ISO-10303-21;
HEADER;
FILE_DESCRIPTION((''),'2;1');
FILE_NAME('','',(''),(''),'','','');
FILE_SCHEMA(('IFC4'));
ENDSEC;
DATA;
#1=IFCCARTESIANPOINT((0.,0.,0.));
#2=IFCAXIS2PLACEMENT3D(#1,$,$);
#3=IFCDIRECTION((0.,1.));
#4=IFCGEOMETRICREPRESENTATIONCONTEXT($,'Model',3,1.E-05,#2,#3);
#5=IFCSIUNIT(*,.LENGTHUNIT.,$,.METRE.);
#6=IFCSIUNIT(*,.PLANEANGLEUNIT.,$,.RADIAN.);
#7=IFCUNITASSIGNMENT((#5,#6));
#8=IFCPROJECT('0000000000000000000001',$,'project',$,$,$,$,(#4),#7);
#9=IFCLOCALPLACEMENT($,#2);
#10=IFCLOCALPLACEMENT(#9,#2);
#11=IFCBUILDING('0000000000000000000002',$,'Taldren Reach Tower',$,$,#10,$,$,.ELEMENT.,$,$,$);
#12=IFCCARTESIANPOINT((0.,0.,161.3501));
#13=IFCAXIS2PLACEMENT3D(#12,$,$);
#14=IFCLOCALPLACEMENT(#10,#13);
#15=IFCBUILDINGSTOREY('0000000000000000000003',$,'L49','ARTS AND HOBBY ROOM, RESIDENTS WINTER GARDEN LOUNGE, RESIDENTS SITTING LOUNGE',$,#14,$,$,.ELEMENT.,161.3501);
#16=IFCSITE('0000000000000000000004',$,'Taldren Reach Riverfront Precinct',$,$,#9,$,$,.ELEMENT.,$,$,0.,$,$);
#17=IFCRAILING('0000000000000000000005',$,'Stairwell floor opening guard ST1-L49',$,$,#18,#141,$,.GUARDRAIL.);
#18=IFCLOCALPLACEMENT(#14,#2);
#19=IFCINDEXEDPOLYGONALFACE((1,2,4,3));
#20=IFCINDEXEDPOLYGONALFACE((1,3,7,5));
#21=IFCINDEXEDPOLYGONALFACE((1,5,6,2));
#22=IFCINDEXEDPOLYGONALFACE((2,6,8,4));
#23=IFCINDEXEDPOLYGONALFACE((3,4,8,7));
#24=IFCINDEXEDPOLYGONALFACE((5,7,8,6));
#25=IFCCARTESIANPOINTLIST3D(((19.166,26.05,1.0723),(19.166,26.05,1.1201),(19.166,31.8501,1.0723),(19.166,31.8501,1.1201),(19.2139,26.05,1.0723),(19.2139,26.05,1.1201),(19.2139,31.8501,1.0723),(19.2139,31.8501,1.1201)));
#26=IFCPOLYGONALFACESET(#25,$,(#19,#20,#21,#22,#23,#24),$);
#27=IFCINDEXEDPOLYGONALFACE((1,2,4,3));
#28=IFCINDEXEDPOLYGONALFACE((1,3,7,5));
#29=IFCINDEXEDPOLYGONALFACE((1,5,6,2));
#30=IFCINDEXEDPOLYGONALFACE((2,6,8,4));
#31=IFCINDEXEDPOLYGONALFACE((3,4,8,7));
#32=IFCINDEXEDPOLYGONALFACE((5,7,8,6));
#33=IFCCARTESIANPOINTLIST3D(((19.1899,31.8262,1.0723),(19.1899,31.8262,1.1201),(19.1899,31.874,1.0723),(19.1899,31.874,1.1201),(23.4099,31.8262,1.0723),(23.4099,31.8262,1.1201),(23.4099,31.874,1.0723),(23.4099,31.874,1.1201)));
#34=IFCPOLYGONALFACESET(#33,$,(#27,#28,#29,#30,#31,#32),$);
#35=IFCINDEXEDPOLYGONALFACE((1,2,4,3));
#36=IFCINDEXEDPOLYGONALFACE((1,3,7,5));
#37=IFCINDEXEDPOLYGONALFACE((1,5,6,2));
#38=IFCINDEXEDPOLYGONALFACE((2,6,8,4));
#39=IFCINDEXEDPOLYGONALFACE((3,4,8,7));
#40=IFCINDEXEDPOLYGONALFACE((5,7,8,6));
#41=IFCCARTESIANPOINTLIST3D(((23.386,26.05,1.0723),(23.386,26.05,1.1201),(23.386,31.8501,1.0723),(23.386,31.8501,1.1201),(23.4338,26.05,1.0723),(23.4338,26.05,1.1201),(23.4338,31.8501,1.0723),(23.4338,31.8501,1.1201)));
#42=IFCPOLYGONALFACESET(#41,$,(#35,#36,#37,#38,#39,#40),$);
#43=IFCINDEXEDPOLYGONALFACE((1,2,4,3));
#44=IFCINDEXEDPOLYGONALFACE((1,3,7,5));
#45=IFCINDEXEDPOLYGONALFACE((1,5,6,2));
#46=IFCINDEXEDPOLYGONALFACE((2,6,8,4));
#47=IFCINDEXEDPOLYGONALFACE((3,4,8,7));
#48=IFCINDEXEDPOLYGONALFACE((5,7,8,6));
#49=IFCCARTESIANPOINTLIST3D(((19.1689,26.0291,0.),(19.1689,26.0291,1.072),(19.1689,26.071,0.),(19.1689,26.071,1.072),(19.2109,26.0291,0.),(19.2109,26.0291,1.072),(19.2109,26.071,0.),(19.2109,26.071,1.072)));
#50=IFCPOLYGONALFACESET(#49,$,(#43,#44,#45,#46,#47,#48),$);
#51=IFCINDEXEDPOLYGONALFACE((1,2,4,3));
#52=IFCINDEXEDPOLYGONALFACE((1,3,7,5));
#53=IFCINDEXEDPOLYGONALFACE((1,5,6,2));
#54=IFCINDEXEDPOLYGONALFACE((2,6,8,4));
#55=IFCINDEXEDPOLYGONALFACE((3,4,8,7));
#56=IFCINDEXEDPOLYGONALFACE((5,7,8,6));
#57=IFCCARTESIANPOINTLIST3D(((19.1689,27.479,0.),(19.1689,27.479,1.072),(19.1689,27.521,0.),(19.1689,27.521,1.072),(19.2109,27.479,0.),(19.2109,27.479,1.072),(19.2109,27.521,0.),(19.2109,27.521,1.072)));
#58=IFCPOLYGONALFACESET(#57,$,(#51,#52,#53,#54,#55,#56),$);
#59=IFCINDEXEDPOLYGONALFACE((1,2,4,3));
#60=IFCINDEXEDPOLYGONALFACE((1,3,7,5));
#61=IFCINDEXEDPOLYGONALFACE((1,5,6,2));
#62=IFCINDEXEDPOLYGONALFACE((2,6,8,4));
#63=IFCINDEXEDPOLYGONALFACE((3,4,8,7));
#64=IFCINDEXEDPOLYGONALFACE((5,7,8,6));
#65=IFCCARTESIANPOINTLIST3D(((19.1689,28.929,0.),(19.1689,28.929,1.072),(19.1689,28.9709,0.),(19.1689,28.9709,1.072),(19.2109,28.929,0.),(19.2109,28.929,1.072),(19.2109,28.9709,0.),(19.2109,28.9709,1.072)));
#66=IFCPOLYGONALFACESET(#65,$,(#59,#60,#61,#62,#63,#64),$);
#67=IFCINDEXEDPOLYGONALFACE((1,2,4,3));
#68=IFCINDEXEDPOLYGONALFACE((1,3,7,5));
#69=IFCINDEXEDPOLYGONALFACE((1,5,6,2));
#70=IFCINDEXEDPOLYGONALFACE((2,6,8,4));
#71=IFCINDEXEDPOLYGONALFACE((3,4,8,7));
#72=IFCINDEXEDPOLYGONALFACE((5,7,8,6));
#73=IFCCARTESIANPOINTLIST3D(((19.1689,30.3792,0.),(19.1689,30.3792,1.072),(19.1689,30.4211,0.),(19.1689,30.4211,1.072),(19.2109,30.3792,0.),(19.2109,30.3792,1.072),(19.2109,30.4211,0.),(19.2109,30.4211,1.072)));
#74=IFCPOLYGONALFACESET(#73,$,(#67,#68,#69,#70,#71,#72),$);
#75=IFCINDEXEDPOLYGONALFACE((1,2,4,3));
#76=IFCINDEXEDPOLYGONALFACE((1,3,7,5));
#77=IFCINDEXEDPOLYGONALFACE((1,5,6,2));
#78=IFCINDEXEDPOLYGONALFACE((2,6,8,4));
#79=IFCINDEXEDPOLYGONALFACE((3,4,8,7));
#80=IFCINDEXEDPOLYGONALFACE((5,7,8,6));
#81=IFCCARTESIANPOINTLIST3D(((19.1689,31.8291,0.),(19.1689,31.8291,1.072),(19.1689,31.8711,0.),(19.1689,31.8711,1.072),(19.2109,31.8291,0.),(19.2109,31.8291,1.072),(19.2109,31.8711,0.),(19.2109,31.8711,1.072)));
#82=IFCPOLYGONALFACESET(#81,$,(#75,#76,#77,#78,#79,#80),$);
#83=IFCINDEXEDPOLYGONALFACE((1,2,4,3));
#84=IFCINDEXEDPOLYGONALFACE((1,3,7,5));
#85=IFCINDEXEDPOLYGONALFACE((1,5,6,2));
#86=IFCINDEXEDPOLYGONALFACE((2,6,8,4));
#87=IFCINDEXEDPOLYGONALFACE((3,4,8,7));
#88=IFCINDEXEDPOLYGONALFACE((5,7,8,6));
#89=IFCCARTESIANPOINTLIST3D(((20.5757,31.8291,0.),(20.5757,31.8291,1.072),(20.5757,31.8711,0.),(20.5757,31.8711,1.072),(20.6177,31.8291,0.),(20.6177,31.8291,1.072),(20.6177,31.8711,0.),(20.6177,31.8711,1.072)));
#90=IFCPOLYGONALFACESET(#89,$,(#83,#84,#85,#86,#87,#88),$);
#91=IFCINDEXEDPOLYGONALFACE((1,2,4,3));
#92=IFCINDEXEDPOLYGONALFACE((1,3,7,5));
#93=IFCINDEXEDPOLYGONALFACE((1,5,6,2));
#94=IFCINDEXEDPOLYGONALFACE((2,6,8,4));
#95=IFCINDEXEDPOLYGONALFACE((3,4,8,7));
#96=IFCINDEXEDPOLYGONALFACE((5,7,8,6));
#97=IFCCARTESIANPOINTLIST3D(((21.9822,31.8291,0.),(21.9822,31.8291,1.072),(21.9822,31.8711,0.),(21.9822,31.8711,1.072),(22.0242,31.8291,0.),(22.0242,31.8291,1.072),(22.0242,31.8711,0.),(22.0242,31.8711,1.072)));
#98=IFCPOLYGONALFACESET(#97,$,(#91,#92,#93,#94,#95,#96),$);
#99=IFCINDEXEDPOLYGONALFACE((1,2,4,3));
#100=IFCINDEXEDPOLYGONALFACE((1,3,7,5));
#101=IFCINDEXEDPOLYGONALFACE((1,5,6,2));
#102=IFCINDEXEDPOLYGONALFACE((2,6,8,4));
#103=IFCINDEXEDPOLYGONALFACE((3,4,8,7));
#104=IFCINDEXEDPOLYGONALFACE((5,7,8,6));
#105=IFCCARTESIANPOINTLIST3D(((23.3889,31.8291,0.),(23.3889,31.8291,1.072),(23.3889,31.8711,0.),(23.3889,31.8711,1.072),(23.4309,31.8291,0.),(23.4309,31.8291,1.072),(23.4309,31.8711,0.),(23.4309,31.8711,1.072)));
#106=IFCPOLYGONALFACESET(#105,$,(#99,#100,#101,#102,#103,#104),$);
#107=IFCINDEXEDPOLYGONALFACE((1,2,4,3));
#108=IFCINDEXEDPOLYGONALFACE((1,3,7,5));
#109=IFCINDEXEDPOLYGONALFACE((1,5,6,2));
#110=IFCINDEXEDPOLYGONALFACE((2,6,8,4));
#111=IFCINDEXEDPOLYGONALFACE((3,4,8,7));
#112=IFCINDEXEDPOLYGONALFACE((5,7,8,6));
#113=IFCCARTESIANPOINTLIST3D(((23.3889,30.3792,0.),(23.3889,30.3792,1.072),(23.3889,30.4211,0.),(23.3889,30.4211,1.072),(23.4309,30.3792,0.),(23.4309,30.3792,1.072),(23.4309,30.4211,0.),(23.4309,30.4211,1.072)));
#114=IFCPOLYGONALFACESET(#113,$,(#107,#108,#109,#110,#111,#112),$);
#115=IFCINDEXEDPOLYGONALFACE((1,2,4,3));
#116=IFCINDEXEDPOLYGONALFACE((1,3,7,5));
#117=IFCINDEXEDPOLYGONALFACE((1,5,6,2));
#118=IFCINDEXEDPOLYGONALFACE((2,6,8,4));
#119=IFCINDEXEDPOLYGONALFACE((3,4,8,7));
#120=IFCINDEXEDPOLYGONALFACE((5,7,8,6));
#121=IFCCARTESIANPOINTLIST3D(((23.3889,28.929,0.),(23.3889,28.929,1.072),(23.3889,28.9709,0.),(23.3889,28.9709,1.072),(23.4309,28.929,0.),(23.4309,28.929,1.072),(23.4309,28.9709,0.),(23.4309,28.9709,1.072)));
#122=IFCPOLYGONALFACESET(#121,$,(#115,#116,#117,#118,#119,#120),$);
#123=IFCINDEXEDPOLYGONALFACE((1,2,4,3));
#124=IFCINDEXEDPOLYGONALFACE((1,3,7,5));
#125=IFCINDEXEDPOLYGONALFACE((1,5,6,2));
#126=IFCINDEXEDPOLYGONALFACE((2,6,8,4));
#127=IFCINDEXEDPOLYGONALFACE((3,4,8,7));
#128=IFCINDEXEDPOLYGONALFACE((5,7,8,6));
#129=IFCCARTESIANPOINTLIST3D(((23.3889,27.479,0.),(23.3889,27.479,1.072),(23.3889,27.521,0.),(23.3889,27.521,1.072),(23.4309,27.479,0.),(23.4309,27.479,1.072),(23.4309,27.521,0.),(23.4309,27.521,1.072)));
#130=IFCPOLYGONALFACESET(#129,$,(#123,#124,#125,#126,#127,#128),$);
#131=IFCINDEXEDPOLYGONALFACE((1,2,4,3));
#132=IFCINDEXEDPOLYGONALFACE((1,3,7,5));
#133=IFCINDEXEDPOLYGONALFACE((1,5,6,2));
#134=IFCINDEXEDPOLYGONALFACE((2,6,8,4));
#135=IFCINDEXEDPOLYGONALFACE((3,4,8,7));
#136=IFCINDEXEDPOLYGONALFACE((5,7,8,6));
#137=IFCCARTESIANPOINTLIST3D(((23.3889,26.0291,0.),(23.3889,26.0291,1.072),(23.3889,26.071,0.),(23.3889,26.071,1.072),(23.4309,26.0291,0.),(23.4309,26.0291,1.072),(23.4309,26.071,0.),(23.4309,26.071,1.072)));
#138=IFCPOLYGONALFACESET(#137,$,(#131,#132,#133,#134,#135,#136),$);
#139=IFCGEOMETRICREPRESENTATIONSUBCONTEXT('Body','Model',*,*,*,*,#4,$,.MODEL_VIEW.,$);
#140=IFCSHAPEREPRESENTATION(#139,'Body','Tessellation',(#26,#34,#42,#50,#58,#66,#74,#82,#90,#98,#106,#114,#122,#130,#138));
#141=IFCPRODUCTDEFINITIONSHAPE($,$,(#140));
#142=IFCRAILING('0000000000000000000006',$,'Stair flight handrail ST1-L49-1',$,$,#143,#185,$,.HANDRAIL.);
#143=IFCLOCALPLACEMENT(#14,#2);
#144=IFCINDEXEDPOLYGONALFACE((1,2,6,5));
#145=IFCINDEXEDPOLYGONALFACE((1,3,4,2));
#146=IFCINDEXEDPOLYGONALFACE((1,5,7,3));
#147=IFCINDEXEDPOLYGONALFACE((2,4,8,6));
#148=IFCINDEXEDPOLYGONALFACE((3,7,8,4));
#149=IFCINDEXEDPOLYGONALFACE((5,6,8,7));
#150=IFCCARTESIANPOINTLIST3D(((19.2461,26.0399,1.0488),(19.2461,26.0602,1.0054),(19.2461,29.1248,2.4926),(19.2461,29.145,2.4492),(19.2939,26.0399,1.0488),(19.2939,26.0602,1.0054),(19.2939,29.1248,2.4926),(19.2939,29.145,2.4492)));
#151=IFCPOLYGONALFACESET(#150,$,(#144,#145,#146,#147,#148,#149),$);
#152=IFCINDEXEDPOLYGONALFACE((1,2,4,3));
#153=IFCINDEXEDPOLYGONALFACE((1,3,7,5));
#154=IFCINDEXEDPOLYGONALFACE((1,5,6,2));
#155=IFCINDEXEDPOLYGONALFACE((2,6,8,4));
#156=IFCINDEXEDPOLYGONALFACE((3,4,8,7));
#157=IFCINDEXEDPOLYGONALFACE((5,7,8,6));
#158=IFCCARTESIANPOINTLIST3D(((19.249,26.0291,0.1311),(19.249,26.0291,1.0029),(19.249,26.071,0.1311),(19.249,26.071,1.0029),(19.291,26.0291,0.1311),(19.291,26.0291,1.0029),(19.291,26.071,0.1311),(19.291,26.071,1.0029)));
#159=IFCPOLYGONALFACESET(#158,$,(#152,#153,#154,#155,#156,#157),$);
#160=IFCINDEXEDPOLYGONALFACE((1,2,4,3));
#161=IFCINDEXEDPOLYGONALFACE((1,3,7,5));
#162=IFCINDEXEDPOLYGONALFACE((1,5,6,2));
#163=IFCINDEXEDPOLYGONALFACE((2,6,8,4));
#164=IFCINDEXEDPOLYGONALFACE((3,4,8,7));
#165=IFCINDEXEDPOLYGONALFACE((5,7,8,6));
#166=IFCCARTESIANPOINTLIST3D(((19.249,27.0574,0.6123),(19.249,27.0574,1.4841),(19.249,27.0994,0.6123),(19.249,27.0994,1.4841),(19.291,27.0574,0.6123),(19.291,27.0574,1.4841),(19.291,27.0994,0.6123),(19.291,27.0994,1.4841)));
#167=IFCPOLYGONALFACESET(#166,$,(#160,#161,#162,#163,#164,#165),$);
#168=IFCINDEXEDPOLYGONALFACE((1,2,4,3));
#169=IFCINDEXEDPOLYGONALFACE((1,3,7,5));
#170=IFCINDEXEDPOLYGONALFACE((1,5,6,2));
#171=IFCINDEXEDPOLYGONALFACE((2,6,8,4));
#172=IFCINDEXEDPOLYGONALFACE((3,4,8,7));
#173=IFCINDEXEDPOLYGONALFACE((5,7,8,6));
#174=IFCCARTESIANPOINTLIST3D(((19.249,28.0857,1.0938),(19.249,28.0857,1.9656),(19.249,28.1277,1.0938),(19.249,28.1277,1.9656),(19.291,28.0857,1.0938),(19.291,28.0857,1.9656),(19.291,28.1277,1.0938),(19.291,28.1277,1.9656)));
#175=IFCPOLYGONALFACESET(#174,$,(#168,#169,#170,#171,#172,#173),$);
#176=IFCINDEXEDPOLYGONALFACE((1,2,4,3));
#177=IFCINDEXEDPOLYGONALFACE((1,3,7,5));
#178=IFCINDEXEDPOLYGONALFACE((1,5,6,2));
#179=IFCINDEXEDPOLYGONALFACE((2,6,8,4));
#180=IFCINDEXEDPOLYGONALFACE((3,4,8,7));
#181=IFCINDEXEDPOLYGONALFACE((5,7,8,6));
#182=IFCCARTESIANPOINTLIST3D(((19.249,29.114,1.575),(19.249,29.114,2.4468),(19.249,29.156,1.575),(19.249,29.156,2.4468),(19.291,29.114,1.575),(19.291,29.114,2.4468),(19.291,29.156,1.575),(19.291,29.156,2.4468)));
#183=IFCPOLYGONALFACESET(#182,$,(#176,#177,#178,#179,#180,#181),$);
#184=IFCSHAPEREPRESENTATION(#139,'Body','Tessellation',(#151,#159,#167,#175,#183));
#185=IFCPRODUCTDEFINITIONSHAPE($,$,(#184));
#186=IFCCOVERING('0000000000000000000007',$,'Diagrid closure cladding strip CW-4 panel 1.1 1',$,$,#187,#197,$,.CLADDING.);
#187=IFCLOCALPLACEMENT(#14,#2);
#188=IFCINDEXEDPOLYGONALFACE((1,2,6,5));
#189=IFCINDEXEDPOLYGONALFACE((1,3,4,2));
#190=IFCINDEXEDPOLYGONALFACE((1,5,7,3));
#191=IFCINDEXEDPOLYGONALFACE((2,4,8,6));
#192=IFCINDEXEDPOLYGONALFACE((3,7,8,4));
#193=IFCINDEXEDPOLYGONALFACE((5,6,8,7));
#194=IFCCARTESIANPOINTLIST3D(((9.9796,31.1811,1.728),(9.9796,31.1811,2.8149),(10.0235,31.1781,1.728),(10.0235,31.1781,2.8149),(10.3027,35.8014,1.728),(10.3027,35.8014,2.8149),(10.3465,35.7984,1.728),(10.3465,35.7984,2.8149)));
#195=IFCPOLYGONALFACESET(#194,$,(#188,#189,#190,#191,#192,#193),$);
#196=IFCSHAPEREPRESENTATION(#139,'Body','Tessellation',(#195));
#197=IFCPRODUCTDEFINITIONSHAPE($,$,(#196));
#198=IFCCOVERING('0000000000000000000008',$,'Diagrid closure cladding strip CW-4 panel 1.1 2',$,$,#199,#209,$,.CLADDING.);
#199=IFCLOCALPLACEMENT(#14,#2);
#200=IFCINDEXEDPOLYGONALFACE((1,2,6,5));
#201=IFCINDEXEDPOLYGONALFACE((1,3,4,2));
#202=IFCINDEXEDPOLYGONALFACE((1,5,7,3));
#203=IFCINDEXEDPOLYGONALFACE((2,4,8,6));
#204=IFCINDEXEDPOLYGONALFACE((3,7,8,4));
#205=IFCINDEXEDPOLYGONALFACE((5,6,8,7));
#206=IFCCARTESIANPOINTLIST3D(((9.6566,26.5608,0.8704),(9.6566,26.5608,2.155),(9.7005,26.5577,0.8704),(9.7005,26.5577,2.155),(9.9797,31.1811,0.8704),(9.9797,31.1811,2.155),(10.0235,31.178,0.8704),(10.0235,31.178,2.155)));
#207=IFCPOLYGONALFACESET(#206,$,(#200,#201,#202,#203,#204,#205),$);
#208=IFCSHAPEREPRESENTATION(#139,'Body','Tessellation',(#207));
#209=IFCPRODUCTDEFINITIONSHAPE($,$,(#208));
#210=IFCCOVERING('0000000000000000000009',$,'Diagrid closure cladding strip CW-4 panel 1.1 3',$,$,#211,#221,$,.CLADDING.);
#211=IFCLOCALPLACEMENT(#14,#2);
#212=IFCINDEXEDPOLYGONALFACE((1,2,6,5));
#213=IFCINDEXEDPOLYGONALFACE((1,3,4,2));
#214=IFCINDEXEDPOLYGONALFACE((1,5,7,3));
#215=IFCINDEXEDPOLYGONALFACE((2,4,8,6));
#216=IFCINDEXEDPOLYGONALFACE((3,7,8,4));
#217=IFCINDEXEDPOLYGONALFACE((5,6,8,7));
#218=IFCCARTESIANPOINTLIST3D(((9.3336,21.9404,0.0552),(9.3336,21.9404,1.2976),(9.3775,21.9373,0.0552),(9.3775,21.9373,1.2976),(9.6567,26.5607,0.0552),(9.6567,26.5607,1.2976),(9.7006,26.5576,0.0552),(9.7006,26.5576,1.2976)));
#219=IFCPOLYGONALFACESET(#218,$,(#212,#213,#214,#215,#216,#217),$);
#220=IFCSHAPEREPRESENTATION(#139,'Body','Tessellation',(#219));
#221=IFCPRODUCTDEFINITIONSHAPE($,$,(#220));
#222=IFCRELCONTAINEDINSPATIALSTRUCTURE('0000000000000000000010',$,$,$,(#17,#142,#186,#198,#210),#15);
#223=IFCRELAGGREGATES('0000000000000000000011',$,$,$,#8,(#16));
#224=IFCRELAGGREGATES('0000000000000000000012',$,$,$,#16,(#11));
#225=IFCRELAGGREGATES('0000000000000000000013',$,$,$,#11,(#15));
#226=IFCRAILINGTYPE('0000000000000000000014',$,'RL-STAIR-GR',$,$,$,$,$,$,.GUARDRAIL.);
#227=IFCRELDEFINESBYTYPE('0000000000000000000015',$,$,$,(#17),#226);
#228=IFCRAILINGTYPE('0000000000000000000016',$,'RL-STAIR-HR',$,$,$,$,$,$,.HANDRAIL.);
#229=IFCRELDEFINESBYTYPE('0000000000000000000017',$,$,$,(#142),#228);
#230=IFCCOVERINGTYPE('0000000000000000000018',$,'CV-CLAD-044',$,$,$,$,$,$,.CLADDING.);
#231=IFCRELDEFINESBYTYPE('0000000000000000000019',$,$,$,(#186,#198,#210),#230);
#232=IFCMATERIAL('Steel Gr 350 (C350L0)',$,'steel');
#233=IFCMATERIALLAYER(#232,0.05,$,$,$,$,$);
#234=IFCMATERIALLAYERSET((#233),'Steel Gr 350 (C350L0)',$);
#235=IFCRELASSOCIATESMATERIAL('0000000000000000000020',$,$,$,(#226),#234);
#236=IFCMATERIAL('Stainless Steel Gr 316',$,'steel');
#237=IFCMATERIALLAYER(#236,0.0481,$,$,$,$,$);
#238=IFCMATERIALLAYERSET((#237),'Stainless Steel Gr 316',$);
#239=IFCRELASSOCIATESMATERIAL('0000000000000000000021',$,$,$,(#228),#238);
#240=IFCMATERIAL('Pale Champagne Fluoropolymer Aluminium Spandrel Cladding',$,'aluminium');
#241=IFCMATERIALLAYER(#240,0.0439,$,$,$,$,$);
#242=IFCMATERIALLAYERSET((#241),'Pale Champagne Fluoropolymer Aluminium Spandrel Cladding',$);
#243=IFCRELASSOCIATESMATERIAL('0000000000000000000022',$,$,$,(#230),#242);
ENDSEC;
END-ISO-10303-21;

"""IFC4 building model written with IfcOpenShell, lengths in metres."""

from ifc_helpers import new_model, si_unit, direction, frame, origin, origin_2d, place, context, subcontext, project, spatial, rectangle, extrude, source, transform, mapped, material, layer, layer_set, type_object, element, save


model = new_model("IFC4")

# Units and contexts
model_context = context("Model", 3, precision=1e-05, world=origin(), true_north=direction((0.0, 1.0)))
body_context = subcontext(model_context, "Body", "Model", "MODEL_VIEW")
ifc_project = project(units=[si_unit("LENGTHUNIT", "METRE"), si_unit("PLANEANGLEUNIT", "RADIAN")], contexts=[model_context])

# Site, building, storey
site_placement = place(None, origin())
site = spatial("IfcSite", under=ifc_project, at=site_placement, Name="Taldren Reach Riverfront Precinct", CompositionType="ELEMENT", RefElevation=0.0)
building_placement = place(site_placement, origin())
building = spatial("IfcBuilding", under=site, at=building_placement, Name="Taldren Reach Tower", CompositionType="ELEMENT")
storey_placement = place(building_placement, frame((0.0, 0.0, 161.3501)))
storey = spatial("IfcBuildingStorey", under=building, at=storey_placement, Name="L49", Description="ARTS AND HOBBY ROOM, RESIDENTS WINTER GARDEN LOUNGE, RESIDENTS SITTING LOUNGE", CompositionType="ELEMENT", Elevation=161.3501)

# Shared definitions
ifc_material_1 = material(Name="Steel Gr 350 (C350L0)", Category="steel")

# Railings
ifc_layer_1 = layer(ifc_material_1, 0.05)
ifc_layer_set_1 = layer_set([ifc_layer_1], Name="Steel Gr 350 (C350L0)")
railing_type_1 = type_object("IfcRailingType", Name="RL-STAIR-GR", PredefinedType="GUARDRAIL", material=ifc_layer_set_1)
railing_1_placement = place(storey_placement, frame((19.1899, 26.05, 0.0)))
element("IfcRailing", 1, at=railing_1_placement, inside=storey, type_object=railing_type_1, Name="Stairwell floor opening guard ST1-L49", PredefinedType="GUARDRAIL", context=body_context, shape_type="SweptSolid", body=[
    extrude(rectangle(XDim=0.0479, YDim=0.0479, at=origin_2d()), frame((0.0, 0.0, 1.0962), z_axis=(0.0, 1.0, 0.0), x_axis=(-1.0, 0.0, 0.0)), (0.0, 0.0, 1.0), 5.8),
    extrude(rectangle(XDim=0.0479, YDim=0.0479, at=origin_2d()), frame((0.0, 5.8, 1.0962), z_axis=(1.0, 0.0, 0.0), x_axis=(0.0, 1.0, 0.0)), (0.0, 0.0, 1.0), 4.22),
    extrude(rectangle(XDim=0.0479, YDim=0.0479, at=origin_2d()), frame((4.22, 5.8, 1.0962), z_axis=(0.0, -1.0, 0.0), x_axis=(1.0, 0.0, 0.0)), (0.0, 0.0, 1.0), 5.8),
    extrude(rectangle(XDim=0.042, YDim=0.042, at=origin_2d()), origin(), (0.0, 0.0, 1.0), 1.072),
    extrude(rectangle(XDim=0.042, YDim=0.042, at=origin_2d()), frame((0.0, 1.45, 0.0)), (0.0, 0.0, 1.0), 1.072),
    extrude(rectangle(XDim=0.042, YDim=0.042, at=origin_2d()), frame((0.0, 2.8999, 0.0)), (0.0, 0.0, 1.0), 1.072),
    extrude(rectangle(XDim=0.042, YDim=0.042, at=origin_2d()), frame((0.0, 4.3501, 0.0)), (0.0, 0.0, 1.0), 1.072),
    extrude(rectangle(XDim=0.042, YDim=0.042, at=origin_2d()), frame((0.0, 5.8, 0.0)), (0.0, 0.0, 1.0), 1.072),
    extrude(rectangle(XDim=0.042, YDim=0.042, at=origin_2d()), frame((1.4067, 5.8, 0.0)), (0.0, 0.0, 1.0), 1.072),
    extrude(rectangle(XDim=0.042, YDim=0.042, at=origin_2d()), frame((2.8132, 5.8, 0.0)), (0.0, 0.0, 1.0), 1.072),
    extrude(rectangle(XDim=0.042, YDim=0.042, at=origin_2d()), frame((4.22, 5.8, 0.0)), (0.0, 0.0, 1.0), 1.072),
    extrude(rectangle(XDim=0.042, YDim=0.042, at=origin_2d()), frame((4.22, 4.3501, 0.0)), (0.0, 0.0, 1.0), 1.072),
    extrude(rectangle(XDim=0.042, YDim=0.042, at=origin_2d()), frame((4.22, 2.8999, 0.0)), (0.0, 0.0, 1.0), 1.072),
    extrude(rectangle(XDim=0.042, YDim=0.042, at=origin_2d()), frame((4.22, 1.45, 0.0)), (0.0, 0.0, 1.0), 1.072),
    extrude(rectangle(XDim=0.042, YDim=0.042, at=origin_2d()), frame((4.22, 0.0, 0.0)), (0.0, 0.0, 1.0), 1.072),
])
ifc_material_2 = material(Name="Stainless Steel Gr 316", Category="steel")
ifc_layer_2 = layer(ifc_material_2, 0.0481)
ifc_layer_set_2 = layer_set([ifc_layer_2], Name="Stainless Steel Gr 316")
railing_type_2 = type_object("IfcRailingType", Name="RL-STAIR-HR", PredefinedType="HANDRAIL", material=ifc_layer_set_2)
railing_2_placement = place(storey_placement, frame((19.27, 26.05, 0.1311)))
element("IfcRailing", 2, at=railing_2_placement, inside=storey, type_object=railing_type_2, Name="Stair flight handrail ST1-L49-1", PredefinedType="HANDRAIL", context=body_context, shape_type="SweptSolid", body=[
    extrude(rectangle(XDim=0.0479, YDim=0.0479, at=origin_2d()), frame((0.0, 0.0, 0.896), z_axis=(0.0, 0.90571, 0.423898), x_axis=(-1.0, 0.0, 0.0)), (0.0, 0.0, 1.0), 3.406),
    extrude(rectangle(XDim=0.042, YDim=0.042, at=origin_2d()), origin(), (0.0, 0.0, 1.0), 0.8718),
    extrude(rectangle(XDim=0.042, YDim=0.042, at=origin_2d()), frame((0.0, 1.0283, 0.4812)), (0.0, 0.0, 1.0), 0.8718),
    extrude(rectangle(XDim=0.042, YDim=0.042, at=origin_2d()), frame((0.0, 2.0566, 0.9626)), (0.0, 0.0, 1.0), 0.8718),
    extrude(rectangle(XDim=0.042, YDim=0.042, at=origin_2d()), frame((0.0, 3.085, 1.4438)), (0.0, 0.0, 1.0), 0.8718),
])

# Coverings
ifc_material_3 = material(Name="Pale Champagne Fluoropolymer Aluminium Spandrel Cladding", Category="aluminium")
ifc_layer_3 = layer(ifc_material_3, 0.0439)
ifc_layer_set_3 = layer_set([ifc_layer_3], Name="Pale Champagne Fluoropolymer Aluminium Spandrel Cladding")
covering_type = type_object("IfcCoveringType", Name="CV-CLAD-044", PredefinedType="CLADDING", material=ifc_layer_set_3)
shared_shape_1 = source(origin(), body_context, "Body", "SweptSolid", [
    extrude(rectangle(XDim=4.6316, YDim=0.0439, at=origin_2d()), origin(), (0.0, 0.0, 1.0), 1.0869),
])
covering_1_placement = place(storey_placement, frame((10.1631, 33.4897, 1.728), z_axis=(0.0, 0.0, 1.0), x_axis=(-0.069756, -0.997564, 0.0)))
element("IfcCovering", 3, at=covering_1_placement, inside=storey, type_object=covering_type, Name="Diagrid closure cladding strip CW-4 panel 1.1 1", PredefinedType="CLADDING", context=body_context, shape_type="MappedRepresentation", body=[
    mapped(shared_shape_1, transform((0.0, 0.0, 0.0), scale=1.0)),
])
shared_shape_2 = source(origin(), body_context, "Body", "SweptSolid", [
    extrude(rectangle(XDim=4.6316, YDim=0.0439, at=origin_2d()), origin(), (0.0, 0.0, 1.0), 1.2847),
])
covering_2_placement = place(storey_placement, frame((9.8401, 28.8694, 0.8704), z_axis=(0.0, 0.0, 1.0), x_axis=(-0.069756, -0.997564, 0.0)))
element("IfcCovering", 4, at=covering_2_placement, inside=storey, type_object=covering_type, Name="Diagrid closure cladding strip CW-4 panel 1.1 2", PredefinedType="CLADDING", context=body_context, shape_type="MappedRepresentation", body=[
    mapped(shared_shape_2, transform((0.0, 0.0, 0.0), scale=1.0)),
])
shared_shape_3 = source(origin(), body_context, "Body", "SweptSolid", [
    extrude(rectangle(XDim=4.6316, YDim=0.0439, at=origin_2d()), origin(), (0.0, 0.0, 1.0), 1.2424),
])
covering_3_placement = place(storey_placement, frame((9.5171, 24.249, 0.0552), z_axis=(0.0, 0.0, 1.0), x_axis=(-0.069756, -0.997564, 0.0)))
element("IfcCovering", 5, at=covering_3_placement, inside=storey, type_object=covering_type, Name="Diagrid closure cladding strip CW-4 panel 1.1 3", PredefinedType="CLADDING", context=body_context, shape_type="MappedRepresentation", body=[
    mapped(shared_shape_3, transform((0.0, 0.0, 0.0), scale=1.0)),
])

save(model, "model.ifc")
